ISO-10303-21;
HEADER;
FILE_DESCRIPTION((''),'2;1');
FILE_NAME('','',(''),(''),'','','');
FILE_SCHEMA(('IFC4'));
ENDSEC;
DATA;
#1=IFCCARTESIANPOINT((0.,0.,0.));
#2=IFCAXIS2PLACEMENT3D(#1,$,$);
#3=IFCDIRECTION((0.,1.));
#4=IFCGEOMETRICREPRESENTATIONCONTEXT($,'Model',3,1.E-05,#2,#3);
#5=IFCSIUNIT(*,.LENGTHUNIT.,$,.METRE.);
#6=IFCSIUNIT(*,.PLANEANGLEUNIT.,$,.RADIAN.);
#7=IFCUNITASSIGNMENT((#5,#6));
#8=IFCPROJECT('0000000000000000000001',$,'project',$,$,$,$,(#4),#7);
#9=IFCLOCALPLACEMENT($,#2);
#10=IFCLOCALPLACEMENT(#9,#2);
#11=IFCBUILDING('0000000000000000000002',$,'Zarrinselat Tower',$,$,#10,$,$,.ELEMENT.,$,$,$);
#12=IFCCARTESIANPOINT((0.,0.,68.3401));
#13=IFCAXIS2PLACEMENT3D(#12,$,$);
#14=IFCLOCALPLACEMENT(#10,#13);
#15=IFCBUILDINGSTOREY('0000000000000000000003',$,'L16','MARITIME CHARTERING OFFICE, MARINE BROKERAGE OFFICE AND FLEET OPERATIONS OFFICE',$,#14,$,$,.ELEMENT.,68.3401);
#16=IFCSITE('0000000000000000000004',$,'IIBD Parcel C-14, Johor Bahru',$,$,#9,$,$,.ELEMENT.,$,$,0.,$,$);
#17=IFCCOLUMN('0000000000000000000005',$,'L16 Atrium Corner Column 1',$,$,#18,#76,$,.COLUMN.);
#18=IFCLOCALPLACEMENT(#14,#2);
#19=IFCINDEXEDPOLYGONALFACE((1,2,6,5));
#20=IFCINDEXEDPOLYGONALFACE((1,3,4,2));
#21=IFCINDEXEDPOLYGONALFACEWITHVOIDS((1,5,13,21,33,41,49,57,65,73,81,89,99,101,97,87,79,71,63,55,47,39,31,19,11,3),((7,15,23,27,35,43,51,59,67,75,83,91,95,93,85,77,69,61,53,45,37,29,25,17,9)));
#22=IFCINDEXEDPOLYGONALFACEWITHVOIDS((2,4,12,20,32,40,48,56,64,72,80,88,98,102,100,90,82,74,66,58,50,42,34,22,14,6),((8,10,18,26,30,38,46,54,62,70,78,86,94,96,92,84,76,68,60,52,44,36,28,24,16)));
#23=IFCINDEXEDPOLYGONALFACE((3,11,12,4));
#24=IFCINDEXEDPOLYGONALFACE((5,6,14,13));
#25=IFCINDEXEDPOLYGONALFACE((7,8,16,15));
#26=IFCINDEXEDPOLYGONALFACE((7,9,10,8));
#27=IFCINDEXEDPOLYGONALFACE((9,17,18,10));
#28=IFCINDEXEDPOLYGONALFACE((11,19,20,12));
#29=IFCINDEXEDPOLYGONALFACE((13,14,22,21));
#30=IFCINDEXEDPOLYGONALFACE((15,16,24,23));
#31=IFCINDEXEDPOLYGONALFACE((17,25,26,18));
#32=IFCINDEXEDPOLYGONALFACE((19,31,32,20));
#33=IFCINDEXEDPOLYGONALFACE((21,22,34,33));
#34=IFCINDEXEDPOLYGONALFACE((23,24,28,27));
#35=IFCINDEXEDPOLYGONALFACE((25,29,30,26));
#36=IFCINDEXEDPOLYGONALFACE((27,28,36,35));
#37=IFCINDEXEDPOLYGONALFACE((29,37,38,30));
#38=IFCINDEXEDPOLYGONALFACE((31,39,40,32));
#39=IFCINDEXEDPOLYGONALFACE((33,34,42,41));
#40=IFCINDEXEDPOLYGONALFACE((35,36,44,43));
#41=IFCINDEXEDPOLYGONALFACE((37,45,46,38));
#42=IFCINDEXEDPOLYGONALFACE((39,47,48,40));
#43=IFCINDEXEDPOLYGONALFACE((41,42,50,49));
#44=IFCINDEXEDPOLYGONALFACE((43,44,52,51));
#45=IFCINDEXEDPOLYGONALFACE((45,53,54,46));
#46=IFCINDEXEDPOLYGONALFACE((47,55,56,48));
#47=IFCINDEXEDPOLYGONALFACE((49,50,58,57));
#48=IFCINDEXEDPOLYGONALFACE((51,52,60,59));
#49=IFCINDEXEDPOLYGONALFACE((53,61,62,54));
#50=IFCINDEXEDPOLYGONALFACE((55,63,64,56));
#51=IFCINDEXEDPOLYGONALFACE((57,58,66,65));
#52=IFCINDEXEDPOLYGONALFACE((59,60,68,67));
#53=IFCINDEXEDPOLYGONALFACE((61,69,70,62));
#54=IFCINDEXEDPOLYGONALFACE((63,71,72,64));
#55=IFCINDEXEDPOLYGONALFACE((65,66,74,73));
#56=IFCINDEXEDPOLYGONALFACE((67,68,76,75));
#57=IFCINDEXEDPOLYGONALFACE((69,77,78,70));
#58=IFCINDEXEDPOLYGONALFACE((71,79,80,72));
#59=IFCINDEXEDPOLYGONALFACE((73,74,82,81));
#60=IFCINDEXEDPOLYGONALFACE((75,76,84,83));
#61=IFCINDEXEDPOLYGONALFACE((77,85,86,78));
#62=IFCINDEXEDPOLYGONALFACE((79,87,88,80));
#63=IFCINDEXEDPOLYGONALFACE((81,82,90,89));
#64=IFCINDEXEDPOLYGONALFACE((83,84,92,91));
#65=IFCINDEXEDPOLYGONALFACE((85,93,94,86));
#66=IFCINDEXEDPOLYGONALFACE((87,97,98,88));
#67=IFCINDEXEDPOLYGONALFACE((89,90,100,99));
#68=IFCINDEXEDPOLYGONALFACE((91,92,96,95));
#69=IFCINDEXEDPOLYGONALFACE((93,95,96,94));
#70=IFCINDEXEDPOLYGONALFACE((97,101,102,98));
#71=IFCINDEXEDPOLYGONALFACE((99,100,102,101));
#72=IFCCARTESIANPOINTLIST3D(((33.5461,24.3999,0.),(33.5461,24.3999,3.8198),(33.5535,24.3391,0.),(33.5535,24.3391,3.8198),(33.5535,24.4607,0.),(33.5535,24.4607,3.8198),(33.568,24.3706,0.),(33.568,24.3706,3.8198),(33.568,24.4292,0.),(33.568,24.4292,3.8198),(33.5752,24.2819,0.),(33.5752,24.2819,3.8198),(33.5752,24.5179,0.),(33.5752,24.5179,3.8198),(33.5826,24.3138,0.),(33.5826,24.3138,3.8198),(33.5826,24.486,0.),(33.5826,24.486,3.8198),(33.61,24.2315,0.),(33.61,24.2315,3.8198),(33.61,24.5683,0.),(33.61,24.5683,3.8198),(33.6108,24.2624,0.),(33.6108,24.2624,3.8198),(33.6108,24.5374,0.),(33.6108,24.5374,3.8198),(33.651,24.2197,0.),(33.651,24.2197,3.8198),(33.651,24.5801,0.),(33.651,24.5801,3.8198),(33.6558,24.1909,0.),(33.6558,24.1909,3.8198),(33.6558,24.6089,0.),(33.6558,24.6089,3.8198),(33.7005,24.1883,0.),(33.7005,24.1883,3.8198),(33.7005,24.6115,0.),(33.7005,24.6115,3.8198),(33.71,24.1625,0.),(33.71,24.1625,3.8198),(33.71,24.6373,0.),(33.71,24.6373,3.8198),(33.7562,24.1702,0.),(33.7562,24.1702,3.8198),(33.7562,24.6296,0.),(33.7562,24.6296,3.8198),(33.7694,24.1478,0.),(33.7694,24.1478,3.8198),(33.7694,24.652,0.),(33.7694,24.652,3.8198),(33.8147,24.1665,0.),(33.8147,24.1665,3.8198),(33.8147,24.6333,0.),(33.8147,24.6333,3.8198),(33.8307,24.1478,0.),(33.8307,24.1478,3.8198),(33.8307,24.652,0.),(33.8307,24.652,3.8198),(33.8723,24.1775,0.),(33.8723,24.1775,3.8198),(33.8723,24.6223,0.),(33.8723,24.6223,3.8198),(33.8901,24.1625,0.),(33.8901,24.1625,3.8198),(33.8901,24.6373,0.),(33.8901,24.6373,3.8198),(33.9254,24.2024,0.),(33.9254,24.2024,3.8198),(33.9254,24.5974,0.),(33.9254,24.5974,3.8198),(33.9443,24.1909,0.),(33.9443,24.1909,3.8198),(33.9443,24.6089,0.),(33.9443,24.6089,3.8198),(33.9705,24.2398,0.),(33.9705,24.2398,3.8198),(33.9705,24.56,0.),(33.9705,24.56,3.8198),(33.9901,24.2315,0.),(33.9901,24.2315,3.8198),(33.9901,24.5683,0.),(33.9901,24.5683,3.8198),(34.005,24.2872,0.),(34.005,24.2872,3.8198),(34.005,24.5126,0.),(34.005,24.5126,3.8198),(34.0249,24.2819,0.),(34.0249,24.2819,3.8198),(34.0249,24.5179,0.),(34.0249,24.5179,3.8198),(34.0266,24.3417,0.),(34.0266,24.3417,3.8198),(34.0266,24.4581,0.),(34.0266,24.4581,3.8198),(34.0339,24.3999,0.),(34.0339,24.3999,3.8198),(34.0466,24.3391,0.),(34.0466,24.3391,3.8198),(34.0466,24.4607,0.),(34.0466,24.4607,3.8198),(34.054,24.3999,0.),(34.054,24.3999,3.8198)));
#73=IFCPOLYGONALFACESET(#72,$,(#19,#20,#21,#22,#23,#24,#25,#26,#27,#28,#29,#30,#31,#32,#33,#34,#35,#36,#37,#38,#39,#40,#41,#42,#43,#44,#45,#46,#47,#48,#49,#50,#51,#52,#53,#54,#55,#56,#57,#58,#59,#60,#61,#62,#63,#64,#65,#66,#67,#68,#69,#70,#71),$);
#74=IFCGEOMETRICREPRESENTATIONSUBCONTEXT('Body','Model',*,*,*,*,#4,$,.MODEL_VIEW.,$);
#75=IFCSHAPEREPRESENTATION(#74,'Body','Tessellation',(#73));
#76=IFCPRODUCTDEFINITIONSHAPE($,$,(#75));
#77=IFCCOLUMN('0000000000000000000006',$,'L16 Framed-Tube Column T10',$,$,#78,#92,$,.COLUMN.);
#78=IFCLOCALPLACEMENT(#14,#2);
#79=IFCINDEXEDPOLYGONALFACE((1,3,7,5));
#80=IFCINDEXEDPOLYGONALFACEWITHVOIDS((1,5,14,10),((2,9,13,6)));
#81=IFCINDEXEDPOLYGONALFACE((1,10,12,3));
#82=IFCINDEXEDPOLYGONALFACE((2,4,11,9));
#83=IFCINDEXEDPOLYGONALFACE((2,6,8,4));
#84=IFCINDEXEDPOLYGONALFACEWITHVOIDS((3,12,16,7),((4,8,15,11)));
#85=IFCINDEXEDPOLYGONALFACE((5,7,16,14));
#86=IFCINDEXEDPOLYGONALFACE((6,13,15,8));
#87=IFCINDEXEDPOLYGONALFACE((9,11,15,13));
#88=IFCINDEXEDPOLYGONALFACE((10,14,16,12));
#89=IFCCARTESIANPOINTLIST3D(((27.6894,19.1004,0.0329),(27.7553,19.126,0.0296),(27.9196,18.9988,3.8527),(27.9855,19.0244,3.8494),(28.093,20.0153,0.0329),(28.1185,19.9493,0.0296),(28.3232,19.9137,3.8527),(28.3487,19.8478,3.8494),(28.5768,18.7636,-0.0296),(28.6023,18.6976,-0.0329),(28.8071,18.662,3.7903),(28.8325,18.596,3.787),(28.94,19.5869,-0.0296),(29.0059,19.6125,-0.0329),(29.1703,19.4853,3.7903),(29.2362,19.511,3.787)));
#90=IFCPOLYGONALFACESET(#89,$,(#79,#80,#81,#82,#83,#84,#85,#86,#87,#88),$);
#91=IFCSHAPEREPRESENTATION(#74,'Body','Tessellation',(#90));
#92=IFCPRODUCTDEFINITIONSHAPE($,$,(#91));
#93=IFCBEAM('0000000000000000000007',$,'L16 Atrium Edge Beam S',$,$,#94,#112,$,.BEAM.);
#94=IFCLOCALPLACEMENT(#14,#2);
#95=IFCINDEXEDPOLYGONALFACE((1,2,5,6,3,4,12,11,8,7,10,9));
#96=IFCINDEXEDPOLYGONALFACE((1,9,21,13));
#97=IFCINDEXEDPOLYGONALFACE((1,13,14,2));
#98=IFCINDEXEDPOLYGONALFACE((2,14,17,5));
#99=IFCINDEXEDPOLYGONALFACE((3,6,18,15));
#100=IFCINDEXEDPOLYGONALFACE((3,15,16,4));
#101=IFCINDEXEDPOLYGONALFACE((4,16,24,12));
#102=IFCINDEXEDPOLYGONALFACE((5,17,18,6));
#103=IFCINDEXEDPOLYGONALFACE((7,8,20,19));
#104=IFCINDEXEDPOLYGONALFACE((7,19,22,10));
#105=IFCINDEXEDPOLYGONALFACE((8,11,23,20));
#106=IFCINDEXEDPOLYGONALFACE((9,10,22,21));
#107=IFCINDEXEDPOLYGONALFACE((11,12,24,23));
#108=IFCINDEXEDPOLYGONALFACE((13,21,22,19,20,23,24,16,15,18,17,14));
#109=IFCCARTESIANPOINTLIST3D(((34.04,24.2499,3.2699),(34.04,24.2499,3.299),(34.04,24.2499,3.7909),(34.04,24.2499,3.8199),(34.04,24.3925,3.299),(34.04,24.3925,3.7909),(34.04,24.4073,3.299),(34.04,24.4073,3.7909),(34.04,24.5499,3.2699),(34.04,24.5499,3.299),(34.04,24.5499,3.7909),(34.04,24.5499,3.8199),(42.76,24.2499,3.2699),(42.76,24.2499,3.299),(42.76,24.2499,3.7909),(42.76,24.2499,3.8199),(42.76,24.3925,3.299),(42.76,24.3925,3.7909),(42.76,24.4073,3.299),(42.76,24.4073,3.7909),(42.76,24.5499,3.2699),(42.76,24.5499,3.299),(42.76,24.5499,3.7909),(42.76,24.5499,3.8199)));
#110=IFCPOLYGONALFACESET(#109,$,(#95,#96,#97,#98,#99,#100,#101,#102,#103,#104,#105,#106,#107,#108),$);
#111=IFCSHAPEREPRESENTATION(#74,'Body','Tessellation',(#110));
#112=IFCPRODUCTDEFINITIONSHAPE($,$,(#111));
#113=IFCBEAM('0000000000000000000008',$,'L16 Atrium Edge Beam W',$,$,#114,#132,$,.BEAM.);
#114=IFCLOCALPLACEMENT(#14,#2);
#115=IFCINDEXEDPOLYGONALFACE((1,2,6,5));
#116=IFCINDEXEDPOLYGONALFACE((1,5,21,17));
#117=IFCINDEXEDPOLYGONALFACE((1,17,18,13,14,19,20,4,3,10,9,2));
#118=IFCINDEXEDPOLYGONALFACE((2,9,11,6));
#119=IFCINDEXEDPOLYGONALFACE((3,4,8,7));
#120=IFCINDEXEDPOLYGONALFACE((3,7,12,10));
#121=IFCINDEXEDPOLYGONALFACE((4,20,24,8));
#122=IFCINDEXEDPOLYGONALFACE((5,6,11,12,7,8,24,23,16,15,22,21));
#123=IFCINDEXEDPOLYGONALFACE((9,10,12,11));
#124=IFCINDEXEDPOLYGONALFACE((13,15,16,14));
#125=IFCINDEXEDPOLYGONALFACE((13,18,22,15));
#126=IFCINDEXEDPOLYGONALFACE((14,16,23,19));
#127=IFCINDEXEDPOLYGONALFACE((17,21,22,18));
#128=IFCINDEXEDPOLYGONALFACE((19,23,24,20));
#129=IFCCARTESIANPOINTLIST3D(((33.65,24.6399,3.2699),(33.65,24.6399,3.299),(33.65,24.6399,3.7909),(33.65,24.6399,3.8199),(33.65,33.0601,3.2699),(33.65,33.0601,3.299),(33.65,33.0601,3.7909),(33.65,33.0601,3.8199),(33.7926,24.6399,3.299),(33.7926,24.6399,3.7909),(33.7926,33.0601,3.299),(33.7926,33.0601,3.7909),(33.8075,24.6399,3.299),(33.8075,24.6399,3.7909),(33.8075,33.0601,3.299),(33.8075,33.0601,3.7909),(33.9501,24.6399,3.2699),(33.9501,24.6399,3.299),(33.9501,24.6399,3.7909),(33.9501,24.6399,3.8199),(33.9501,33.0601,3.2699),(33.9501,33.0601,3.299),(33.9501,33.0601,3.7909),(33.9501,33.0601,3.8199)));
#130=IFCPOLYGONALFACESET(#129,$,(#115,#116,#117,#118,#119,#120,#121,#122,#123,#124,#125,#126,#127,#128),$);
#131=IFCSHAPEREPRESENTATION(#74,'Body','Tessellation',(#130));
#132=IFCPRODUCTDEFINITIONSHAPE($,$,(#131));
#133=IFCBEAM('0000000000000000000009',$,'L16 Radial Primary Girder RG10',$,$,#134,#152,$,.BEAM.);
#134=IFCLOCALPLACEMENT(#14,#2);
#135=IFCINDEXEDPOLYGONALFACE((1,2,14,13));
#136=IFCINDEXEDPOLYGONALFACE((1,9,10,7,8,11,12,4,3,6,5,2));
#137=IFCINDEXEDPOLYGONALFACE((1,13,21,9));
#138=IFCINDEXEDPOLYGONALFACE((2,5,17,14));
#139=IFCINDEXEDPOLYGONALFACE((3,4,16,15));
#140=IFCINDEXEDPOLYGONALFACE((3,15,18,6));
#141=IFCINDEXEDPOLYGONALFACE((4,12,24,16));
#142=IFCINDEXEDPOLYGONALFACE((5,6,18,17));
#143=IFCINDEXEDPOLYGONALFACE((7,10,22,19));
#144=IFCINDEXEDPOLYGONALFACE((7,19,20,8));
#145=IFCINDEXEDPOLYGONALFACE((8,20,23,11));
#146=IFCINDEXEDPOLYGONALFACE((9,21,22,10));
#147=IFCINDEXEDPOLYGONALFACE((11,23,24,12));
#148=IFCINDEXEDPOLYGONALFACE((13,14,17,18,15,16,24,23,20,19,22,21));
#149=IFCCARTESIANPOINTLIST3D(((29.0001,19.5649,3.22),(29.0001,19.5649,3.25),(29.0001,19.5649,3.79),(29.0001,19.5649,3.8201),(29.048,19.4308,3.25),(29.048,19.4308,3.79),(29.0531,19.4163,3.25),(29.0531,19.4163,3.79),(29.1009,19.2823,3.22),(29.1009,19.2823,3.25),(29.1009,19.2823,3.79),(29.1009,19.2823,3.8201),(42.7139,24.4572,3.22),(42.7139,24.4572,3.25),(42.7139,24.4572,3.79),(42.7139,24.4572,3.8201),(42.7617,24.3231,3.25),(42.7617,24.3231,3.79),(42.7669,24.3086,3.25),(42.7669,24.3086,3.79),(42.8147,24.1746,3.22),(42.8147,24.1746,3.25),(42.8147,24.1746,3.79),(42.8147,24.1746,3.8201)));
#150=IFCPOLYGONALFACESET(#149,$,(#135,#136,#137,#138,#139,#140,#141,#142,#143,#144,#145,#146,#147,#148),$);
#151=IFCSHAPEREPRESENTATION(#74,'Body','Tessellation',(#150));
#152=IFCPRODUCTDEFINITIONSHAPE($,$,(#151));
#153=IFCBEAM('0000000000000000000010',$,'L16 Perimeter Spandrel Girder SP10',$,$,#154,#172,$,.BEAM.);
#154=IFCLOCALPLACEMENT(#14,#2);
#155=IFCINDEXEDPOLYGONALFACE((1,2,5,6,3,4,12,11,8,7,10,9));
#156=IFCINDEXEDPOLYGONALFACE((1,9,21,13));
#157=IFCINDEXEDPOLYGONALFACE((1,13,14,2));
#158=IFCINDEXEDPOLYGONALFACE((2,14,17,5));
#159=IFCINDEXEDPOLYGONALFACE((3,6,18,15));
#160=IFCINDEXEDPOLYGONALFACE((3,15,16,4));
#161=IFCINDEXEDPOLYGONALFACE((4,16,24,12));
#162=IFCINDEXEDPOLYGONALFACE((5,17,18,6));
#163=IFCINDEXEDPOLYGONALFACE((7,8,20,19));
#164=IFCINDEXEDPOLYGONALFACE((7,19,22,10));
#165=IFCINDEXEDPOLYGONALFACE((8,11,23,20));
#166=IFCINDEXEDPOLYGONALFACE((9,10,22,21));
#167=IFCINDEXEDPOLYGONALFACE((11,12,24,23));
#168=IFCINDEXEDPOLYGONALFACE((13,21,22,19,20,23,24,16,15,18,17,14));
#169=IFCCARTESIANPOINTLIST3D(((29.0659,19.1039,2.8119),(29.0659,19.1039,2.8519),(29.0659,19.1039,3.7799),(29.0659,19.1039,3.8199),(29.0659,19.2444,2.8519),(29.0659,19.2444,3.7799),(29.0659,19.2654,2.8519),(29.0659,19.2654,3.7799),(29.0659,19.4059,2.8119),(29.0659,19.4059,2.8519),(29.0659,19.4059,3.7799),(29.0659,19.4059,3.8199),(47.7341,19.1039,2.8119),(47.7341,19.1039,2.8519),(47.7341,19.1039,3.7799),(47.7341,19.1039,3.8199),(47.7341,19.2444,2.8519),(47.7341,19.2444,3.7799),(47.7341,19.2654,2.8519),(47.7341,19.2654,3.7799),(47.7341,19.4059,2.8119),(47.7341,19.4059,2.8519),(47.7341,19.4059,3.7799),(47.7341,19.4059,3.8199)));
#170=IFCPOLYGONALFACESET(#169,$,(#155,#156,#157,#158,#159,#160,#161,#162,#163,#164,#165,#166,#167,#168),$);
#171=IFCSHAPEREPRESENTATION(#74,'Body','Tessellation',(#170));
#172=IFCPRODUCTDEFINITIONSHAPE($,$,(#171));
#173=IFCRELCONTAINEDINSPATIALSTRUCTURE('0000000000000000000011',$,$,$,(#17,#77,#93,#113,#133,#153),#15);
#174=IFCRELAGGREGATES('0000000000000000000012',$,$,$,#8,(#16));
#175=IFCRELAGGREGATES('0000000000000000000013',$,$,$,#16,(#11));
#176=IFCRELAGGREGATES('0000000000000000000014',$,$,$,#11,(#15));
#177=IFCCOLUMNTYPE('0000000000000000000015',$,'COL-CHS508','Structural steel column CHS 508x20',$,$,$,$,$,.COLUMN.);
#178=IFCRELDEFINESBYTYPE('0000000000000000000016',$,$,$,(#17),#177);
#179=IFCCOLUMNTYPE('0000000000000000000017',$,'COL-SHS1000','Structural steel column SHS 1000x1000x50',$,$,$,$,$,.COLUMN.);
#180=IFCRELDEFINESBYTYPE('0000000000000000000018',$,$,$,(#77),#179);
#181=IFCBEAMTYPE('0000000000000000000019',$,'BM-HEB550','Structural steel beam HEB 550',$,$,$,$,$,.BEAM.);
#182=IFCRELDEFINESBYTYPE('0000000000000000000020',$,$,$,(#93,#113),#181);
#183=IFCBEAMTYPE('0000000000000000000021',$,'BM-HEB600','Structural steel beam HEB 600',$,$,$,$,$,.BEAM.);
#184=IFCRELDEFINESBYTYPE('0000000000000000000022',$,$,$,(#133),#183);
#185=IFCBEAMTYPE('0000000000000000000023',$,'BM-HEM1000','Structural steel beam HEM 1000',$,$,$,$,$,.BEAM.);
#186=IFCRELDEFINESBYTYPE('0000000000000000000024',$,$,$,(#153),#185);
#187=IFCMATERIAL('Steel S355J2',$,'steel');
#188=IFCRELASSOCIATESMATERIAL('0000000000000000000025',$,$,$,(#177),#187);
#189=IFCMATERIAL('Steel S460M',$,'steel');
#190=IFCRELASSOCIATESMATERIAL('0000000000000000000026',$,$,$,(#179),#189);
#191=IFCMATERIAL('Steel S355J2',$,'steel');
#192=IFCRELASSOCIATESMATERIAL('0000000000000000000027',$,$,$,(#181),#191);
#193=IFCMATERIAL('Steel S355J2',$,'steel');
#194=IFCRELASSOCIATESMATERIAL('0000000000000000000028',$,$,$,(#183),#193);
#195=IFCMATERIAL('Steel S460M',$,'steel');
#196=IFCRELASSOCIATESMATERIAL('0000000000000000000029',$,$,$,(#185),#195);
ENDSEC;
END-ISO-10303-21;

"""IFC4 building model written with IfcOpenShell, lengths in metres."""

from ifc_helpers import new_model, si_unit, direction, frame, origin, origin_2d, place, context, subcontext, project, spatial, hollow_rectangle, hollow_circle, i_section, extrude, material, material_profile, profile_set, type_object, element, save


model = new_model("IFC4")

# Units and contexts
model_context = context("Model", 3, precision=1e-05, world=origin(), true_north=direction((0.0, 1.0)))
body_context = subcontext(model_context, "Body", "Model", "MODEL_VIEW")
ifc_project = project(units=[si_unit("LENGTHUNIT", "METRE"), si_unit("PLANEANGLEUNIT", "RADIAN")], contexts=[model_context])

# Site, building, storey
site_placement = place(None, origin())
site = spatial("IfcSite", under=ifc_project, at=site_placement, Name="IIBD Parcel C-14, Johor Bahru", CompositionType="ELEMENT", RefElevation=0.0)
building_placement = place(site_placement, origin())
building = spatial("IfcBuilding", under=site, at=building_placement, Name="Zarrinselat Tower", CompositionType="ELEMENT")
storey_placement = place(building_placement, frame((0.0, 0.0, 68.3401)))
storey = spatial("IfcBuildingStorey", under=building, at=storey_placement, Name="L16", Description="MARITIME CHARTERING OFFICE, MARINE BROKERAGE OFFICE AND FLEET OPERATIONS OFFICE", CompositionType="ELEMENT", Elevation=68.3401)

# Columns
ifc_material_1 = material(Name="Steel S355J2", Category="steel")
ifc_material_profile_1 = material_profile(ifc_material_1, hollow_circle(Radius=0.2539, WallThickness=0.02, at=origin_2d()), Name="CHS 508x20")
ifc_profile_set_1 = profile_set([ifc_material_profile_1], Name="Steel S355J2")
column_type_1 = type_object("IfcColumnType", Name="COL-CHS508", Description="Structural steel column CHS 508x20", PredefinedType="COLUMN", material=ifc_profile_set_1)
column_1_placement = place(storey_placement, frame((33.8, 24.3999, 0.0), z_axis=(0.0, 0.0, 1.0), x_axis=(1.0, 0.0, 0.0)))
element("IfcColumn", 1, at=column_1_placement, inside=storey, type_object=column_type_1, Name="L16 Atrium Corner Column 1", PredefinedType="COLUMN", context=body_context, shape_type="SweptSolid", body=[
    extrude(hollow_circle(Radius=0.2539, WallThickness=0.02, at=origin_2d()), origin(), (0.0, 0.0, 1.0), 3.8198),
])
ifc_material_2 = material(Name="Steel S460M", Category="steel")
ifc_material_profile_2 = material_profile(ifc_material_2, hollow_rectangle(XDim=1.0, YDim=1.0, WallThickness=0.05, at=origin_2d()), Name="SHS 1000x1000x50")
ifc_profile_set_2 = profile_set([ifc_material_profile_2], Name="Steel S460M")
column_type_2 = type_object("IfcColumnType", Name="COL-SHS1000", Description="Structural steel column SHS 1000x1000x50", PredefinedType="COLUMN", material=ifc_profile_set_2)
column_2_placement = place(storey_placement, frame((28.3477, 19.3564, 0.0), z_axis=(0.060141, -0.026531, 0.997837), x_axis=(0.403616, 0.914928, 0.0)))
element("IfcColumn", 2, at=column_2_placement, inside=storey, type_object=column_type_2, Name="L16 Framed-Tube Column T10", PredefinedType="COLUMN", context=body_context, shape_type="SweptSolid", body=[
    extrude(hollow_rectangle(XDim=1.0, YDim=1.0, WallThickness=0.05, at=origin_2d()), origin(), (0.0, 0.0, 1.0), 3.8281),
])

# Beams
ifc_material_3 = material(Name="Steel S355J2", Category="steel")
ifc_material_profile_3 = material_profile(ifc_material_3, i_section(OverallWidth=0.3, OverallDepth=0.55, WebThickness=0.0149, FlangeThickness=0.0291, at=origin_2d()), Name="HEB 550")
ifc_profile_set_3 = profile_set([ifc_material_profile_3], Name="Steel S355J2")
beam_type_1 = type_object("IfcBeamType", Name="BM-HEB550", Description="Structural steel beam HEB 550", PredefinedType="BEAM", material=ifc_profile_set_3)
beam_1_placement = place(storey_placement, frame((34.04, 24.3999, 3.5449), z_axis=(1.0, 0.0, 0.0), x_axis=(0.0, 1.0, 0.0)))
element("IfcBeam", 3, at=beam_1_placement, inside=storey, type_object=beam_type_1, Name="L16 Atrium Edge Beam S", PredefinedType="BEAM", context=body_context, shape_type="SweptSolid", body=[
    extrude(i_section(OverallWidth=0.3, OverallDepth=0.55, WebThickness=0.0149, FlangeThickness=0.0291, at=origin_2d()), origin(), (0.0, 0.0, 1.0), 8.72),
])
beam_2_placement = place(storey_placement, frame((33.8, 24.6399, 3.5449), z_axis=(0.0, 1.0, 0.0), x_axis=(-1.0, 0.0, 0.0)))
element("IfcBeam", 4, at=beam_2_placement, inside=storey, type_object=beam_type_1, Name="L16 Atrium Edge Beam W", PredefinedType="BEAM", context=body_context, shape_type="SweptSolid", body=[
    extrude(i_section(OverallWidth=0.3, OverallDepth=0.55, WebThickness=0.0149, FlangeThickness=0.0291, at=origin_2d()), origin(), (0.0, 0.0, 1.0), 8.4202),
])
ifc_material_4 = material(Name="Steel S355J2", Category="steel")
ifc_material_profile_4 = material_profile(ifc_material_4, i_section(OverallWidth=0.3, OverallDepth=0.6001, WebThickness=0.0154, FlangeThickness=0.03, at=origin_2d()), Name="HEB 600")
ifc_profile_set_4 = profile_set([ifc_material_profile_4], Name="Steel S355J2")
beam_type_2 = type_object("IfcBeamType", Name="BM-HEB600", Description="Structural steel beam HEB 600", PredefinedType="BEAM", material=ifc_profile_set_4)
beam_3_placement = place(storey_placement, frame((29.0505, 19.4236, 3.52), z_axis=(0.941861, 0.336003, 0.0), x_axis=(-0.336003, 0.941861, 0.0)))
element("IfcBeam", 5, at=beam_3_placement, inside=storey, type_object=beam_type_2, Name="L16 Radial Primary Girder RG10", PredefinedType="BEAM", context=body_context, shape_type="SweptSolid", body=[
    extrude(i_section(OverallWidth=0.3, OverallDepth=0.6001, WebThickness=0.0154, FlangeThickness=0.03, at=origin_2d()), origin(), (0.0, 0.0, 1.0), 14.5603),
])
ifc_material_5 = material(Name="Steel S460M", Category="steel")
ifc_material_profile_5 = material_profile(ifc_material_5, i_section(OverallWidth=0.302, OverallDepth=1.0081, WebThickness=0.021, FlangeThickness=0.04, at=origin_2d()), Name="HEM 1000")
ifc_profile_set_5 = profile_set([ifc_material_profile_5], Name="Steel S460M")
beam_type_3 = type_object("IfcBeamType", Name="BM-HEM1000", Description="Structural steel beam HEM 1000", PredefinedType="BEAM", material=ifc_profile_set_5)
beam_4_placement = place(storey_placement, frame((29.0659, 19.2549, 3.3159), z_axis=(1.0, 0.0, 0.0), x_axis=(0.0, 1.0, 0.0)))
element("IfcBeam", 6, at=beam_4_placement, inside=storey, type_object=beam_type_3, Name="L16 Perimeter Spandrel Girder SP10", PredefinedType="BEAM", context=body_context, shape_type="SweptSolid", body=[
    extrude(i_section(OverallWidth=0.302, OverallDepth=1.0081, WebThickness=0.021, FlangeThickness=0.04, at=origin_2d()), origin(), (0.0, 0.0, 1.0), 18.6682),
])

save(model, "model.ifc")
